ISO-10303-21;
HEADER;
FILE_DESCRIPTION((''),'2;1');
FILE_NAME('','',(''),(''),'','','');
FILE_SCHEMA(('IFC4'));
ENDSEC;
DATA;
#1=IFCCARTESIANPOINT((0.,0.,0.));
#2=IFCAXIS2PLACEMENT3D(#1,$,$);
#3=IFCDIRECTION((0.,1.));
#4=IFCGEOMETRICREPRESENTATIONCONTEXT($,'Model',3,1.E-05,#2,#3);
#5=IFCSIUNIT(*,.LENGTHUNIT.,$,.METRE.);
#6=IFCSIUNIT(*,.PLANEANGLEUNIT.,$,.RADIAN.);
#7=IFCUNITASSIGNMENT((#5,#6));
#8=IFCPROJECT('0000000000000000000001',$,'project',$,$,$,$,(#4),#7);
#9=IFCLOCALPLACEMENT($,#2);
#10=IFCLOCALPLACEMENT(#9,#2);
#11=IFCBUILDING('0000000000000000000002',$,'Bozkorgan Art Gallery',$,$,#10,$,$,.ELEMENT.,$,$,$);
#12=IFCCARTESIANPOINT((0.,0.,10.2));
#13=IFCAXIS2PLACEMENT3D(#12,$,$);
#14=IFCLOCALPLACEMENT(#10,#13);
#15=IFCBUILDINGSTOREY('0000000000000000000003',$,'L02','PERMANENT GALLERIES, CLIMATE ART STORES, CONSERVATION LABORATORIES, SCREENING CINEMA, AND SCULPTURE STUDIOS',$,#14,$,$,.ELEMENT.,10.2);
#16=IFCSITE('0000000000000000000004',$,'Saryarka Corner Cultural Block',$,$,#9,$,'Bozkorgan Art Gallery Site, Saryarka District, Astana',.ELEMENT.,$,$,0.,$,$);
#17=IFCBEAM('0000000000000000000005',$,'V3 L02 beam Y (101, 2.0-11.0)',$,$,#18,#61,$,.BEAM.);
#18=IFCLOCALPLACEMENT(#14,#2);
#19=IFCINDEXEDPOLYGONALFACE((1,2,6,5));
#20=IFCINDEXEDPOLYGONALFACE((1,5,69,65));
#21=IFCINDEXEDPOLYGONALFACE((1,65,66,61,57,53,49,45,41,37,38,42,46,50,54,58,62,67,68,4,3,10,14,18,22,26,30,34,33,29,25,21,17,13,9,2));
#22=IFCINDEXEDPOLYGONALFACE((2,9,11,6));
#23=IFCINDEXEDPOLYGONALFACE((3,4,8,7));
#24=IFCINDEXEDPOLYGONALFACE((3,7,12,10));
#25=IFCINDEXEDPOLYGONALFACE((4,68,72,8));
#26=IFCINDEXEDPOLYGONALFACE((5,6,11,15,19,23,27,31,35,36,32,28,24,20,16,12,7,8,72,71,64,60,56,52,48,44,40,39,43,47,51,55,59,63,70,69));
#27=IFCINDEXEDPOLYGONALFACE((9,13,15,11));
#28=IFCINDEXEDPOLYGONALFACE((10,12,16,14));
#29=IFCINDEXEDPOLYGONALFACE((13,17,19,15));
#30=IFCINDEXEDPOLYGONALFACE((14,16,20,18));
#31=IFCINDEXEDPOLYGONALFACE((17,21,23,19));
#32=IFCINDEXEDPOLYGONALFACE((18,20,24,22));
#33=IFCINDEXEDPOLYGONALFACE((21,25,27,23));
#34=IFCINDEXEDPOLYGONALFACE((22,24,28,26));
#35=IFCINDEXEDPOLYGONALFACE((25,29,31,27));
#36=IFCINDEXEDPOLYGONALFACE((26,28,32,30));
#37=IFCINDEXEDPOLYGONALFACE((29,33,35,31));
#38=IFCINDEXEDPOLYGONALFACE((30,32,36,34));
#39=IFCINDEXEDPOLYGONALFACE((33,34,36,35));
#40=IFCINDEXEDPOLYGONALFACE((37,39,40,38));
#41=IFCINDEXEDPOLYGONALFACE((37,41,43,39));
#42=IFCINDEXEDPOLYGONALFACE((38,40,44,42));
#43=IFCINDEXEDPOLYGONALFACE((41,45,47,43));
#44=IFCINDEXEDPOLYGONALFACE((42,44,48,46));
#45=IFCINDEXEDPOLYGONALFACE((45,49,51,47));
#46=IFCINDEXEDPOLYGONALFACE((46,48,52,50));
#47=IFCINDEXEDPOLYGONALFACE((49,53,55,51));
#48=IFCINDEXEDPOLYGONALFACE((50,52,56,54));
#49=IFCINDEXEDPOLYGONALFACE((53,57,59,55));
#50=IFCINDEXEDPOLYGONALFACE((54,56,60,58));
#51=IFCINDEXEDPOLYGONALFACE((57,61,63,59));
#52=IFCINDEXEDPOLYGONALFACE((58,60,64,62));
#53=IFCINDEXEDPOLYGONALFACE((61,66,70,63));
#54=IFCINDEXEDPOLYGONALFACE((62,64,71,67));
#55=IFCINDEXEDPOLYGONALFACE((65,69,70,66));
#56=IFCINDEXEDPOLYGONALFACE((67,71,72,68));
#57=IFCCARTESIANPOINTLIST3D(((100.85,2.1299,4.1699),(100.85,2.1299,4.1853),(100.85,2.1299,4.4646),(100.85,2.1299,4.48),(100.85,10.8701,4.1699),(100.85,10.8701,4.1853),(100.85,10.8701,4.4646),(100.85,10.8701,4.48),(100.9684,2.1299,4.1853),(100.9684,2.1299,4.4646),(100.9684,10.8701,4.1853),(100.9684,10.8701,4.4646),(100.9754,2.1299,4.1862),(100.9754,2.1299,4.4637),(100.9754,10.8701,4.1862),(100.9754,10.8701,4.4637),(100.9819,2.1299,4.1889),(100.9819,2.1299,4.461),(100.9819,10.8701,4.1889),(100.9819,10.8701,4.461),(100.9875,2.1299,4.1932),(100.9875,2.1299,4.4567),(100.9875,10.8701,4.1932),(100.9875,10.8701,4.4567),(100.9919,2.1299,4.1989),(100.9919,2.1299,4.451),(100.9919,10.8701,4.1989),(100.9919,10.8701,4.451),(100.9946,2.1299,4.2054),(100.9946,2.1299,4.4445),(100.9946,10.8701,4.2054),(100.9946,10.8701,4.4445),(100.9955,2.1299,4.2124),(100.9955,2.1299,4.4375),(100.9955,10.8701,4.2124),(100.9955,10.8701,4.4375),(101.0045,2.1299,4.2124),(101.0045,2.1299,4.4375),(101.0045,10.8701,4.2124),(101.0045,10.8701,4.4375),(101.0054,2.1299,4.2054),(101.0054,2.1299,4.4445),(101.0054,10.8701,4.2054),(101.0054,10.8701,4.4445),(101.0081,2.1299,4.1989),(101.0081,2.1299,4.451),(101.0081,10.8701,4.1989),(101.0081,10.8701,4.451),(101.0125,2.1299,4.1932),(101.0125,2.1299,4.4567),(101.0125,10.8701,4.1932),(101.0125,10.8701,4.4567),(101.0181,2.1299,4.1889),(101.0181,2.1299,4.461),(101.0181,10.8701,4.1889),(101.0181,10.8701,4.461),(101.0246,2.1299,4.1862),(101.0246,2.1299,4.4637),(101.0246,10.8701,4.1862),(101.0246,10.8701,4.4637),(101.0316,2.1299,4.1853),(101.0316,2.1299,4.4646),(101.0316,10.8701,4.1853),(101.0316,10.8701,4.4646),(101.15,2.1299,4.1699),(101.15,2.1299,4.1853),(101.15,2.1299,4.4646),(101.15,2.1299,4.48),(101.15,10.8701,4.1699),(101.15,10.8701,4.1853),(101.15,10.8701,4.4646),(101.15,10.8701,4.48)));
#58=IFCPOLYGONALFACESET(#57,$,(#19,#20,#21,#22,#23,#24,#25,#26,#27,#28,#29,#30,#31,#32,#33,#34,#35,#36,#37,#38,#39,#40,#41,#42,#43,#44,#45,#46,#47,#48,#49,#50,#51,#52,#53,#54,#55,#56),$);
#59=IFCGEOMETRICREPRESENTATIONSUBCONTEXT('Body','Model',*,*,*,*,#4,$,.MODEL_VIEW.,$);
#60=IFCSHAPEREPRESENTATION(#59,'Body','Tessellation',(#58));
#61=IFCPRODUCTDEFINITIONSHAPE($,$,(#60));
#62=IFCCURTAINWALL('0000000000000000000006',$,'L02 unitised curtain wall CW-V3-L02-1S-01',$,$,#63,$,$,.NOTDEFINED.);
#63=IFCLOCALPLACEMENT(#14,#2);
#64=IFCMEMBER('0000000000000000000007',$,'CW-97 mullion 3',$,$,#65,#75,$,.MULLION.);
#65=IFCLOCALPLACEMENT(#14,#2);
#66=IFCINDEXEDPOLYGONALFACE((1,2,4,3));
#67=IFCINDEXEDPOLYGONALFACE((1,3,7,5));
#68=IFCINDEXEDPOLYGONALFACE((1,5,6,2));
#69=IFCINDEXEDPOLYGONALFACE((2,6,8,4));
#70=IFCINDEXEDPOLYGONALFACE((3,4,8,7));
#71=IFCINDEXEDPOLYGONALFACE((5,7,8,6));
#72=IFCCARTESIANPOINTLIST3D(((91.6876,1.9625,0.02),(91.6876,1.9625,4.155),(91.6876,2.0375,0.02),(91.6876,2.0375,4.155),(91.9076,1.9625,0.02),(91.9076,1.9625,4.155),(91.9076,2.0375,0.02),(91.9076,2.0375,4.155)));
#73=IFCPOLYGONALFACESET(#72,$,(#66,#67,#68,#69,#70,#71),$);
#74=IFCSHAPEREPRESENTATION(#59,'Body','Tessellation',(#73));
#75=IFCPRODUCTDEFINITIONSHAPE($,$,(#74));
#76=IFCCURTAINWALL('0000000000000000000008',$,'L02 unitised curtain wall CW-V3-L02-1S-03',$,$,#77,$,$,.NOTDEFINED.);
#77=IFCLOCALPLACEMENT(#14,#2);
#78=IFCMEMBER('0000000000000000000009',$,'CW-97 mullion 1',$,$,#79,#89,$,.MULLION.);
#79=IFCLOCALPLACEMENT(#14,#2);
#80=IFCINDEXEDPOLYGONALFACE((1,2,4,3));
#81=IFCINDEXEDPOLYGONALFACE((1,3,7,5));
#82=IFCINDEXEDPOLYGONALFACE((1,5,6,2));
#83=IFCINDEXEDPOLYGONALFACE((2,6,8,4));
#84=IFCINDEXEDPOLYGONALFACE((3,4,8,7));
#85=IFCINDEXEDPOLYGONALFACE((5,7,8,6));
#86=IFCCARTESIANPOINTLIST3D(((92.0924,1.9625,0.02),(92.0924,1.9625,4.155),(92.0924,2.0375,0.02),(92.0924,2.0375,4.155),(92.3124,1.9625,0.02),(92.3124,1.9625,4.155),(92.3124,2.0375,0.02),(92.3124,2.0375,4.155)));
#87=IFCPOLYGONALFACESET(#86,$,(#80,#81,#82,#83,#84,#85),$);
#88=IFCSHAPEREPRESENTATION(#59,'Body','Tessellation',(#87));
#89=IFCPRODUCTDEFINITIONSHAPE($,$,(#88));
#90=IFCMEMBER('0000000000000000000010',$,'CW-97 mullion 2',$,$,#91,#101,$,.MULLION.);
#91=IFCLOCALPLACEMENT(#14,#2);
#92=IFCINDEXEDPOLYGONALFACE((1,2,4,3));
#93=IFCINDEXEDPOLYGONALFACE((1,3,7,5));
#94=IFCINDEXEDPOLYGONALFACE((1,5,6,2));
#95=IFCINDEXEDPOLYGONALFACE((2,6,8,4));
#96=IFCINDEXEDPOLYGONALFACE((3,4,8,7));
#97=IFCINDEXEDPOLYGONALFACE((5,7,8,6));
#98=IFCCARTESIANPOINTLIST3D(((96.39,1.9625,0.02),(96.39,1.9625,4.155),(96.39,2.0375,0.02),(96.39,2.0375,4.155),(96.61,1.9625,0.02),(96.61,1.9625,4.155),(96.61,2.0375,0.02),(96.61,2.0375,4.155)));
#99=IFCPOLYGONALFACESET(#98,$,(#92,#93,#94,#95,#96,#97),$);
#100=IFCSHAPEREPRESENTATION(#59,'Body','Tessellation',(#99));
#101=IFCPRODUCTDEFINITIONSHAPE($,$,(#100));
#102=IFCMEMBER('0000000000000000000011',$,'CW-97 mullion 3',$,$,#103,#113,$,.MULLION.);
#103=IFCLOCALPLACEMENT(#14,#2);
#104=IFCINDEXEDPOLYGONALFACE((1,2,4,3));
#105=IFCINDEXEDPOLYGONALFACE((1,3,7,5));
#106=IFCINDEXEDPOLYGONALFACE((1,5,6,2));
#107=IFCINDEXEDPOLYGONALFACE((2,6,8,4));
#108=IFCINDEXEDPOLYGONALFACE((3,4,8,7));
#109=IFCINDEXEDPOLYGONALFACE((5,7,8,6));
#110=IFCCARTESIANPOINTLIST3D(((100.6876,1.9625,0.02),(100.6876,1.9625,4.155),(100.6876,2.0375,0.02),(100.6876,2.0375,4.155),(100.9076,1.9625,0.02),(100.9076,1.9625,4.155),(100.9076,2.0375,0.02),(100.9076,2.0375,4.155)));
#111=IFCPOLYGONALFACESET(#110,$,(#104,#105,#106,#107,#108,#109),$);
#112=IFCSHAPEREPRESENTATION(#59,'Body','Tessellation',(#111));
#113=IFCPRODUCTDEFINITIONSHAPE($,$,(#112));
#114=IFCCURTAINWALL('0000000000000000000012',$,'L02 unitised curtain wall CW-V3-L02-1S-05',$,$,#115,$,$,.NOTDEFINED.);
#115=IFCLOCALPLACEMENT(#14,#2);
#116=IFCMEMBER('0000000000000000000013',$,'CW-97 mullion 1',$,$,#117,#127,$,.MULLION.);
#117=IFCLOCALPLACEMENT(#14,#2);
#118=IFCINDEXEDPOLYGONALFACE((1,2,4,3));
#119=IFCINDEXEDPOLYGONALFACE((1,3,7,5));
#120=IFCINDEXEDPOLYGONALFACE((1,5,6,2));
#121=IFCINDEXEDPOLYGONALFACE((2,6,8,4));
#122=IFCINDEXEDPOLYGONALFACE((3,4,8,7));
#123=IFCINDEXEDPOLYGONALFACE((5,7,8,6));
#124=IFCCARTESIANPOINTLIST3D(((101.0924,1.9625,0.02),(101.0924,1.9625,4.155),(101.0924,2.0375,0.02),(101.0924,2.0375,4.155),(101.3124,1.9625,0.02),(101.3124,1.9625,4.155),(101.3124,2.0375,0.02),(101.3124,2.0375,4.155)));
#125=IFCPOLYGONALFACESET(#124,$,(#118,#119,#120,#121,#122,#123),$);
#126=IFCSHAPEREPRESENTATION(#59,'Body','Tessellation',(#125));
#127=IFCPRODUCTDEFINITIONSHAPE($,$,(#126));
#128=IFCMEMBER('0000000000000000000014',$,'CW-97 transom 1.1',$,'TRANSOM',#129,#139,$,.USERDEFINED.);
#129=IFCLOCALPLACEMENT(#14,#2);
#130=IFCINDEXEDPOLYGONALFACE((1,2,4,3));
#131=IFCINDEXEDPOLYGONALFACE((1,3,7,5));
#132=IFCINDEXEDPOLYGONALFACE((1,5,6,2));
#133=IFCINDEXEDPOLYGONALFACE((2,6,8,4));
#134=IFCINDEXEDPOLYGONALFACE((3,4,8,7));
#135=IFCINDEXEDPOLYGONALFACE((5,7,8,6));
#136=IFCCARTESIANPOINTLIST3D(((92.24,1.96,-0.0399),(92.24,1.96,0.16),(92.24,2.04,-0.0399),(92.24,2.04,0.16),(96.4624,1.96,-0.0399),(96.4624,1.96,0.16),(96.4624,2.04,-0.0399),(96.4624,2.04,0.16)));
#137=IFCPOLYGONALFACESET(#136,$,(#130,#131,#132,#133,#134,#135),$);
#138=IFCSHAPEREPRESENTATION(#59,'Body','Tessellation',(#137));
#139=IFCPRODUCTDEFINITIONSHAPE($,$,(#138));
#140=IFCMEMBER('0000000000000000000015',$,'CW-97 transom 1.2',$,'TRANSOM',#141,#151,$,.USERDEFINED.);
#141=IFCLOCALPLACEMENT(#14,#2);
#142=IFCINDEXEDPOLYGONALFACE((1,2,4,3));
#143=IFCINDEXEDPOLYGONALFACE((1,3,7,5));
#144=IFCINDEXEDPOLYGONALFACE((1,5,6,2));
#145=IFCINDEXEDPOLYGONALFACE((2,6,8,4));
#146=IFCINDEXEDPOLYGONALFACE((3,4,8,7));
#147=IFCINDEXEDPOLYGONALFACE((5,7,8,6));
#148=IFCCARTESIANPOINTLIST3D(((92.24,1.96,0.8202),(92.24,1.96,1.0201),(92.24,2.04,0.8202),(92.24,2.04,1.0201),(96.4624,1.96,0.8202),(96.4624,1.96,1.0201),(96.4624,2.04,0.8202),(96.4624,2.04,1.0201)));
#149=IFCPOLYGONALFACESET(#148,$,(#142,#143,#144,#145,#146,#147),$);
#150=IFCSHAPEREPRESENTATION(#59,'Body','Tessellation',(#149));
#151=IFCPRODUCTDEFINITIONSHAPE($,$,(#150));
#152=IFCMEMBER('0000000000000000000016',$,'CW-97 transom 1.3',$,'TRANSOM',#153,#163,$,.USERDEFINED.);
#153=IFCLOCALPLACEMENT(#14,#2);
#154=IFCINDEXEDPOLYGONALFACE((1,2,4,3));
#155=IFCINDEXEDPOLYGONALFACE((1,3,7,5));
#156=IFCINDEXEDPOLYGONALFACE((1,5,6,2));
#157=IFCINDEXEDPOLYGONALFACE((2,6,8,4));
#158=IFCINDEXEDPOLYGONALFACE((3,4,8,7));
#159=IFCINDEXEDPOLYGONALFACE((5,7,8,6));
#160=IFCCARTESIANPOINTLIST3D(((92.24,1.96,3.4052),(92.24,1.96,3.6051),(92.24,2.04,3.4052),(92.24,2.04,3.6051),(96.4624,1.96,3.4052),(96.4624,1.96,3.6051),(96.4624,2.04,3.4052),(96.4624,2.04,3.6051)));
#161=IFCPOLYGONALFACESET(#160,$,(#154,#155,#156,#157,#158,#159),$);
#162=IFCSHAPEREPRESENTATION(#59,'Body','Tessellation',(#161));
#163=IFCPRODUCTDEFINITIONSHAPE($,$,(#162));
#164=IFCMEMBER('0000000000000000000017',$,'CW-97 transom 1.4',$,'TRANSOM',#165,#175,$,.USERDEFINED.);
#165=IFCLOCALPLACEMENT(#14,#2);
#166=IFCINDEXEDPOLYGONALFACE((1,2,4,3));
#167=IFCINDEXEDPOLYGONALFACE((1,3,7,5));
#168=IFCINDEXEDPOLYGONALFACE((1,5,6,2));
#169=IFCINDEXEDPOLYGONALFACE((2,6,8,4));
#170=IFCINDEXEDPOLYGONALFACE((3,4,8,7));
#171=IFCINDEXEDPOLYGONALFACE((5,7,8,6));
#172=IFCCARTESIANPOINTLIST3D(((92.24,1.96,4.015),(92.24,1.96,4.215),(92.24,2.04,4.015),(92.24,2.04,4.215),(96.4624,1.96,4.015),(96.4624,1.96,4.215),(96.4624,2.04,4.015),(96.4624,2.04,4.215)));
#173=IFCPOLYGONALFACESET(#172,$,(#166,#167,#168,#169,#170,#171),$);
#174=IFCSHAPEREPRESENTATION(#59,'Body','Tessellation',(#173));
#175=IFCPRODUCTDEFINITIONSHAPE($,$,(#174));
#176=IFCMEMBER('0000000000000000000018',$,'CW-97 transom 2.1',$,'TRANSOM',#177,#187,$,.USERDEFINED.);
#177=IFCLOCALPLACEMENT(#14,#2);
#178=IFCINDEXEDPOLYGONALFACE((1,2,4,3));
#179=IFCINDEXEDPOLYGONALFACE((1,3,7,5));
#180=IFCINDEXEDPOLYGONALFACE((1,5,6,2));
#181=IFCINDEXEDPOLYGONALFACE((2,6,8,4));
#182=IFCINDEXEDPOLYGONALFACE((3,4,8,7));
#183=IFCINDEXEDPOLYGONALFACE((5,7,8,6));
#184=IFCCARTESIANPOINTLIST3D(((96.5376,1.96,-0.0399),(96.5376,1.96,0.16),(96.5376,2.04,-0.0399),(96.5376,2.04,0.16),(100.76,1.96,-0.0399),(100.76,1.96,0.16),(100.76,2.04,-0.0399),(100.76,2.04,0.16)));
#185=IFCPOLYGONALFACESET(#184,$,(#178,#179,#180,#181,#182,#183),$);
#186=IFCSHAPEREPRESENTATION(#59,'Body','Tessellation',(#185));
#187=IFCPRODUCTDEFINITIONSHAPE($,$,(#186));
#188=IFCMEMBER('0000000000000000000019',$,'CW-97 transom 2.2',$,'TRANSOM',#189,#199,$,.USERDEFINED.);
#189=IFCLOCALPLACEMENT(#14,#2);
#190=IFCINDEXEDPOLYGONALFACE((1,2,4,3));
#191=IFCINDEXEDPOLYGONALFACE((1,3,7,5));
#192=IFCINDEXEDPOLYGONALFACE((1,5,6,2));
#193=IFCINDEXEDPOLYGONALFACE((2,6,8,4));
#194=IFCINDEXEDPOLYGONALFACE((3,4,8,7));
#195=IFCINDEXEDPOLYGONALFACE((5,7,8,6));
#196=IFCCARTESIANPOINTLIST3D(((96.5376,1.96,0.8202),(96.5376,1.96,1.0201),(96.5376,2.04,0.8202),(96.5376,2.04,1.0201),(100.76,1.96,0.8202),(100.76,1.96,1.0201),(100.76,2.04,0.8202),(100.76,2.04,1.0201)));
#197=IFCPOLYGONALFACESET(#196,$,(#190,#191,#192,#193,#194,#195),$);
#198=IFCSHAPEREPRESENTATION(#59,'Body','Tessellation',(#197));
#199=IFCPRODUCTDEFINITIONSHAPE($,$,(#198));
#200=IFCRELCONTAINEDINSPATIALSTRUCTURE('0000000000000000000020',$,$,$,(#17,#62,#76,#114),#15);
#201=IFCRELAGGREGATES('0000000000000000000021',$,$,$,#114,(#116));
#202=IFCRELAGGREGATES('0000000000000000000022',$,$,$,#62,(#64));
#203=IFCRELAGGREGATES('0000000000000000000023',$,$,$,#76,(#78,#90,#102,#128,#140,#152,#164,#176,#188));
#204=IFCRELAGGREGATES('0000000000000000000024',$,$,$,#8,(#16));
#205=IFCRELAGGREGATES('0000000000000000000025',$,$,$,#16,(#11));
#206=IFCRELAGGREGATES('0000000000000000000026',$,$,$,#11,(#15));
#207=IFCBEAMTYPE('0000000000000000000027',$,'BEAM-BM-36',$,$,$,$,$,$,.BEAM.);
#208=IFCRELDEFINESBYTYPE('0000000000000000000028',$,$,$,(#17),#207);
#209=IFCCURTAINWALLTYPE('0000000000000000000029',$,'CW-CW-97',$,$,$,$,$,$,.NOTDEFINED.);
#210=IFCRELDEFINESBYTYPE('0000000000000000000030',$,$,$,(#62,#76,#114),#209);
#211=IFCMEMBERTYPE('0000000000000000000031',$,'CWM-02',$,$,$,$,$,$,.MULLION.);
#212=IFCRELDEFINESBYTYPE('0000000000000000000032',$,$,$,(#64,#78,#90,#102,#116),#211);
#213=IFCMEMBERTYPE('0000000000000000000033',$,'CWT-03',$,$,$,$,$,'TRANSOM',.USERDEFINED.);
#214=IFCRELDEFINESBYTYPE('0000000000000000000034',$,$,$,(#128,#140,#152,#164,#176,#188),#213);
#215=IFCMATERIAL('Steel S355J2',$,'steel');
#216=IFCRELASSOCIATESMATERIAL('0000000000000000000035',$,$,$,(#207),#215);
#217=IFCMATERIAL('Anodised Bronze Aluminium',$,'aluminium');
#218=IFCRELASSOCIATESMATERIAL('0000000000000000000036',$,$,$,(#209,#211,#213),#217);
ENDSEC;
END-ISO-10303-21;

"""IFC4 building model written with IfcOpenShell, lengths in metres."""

from ifc_helpers import new_model, si_unit, direction, frame, origin, origin_2d, place, context, subcontext, project, spatial, rectangle, i_section, extrude, material, material_profile, profile_set, type_object, element, aggregate, save


model = new_model("IFC4")

# Units and contexts
model_context = context("Model", 3, precision=1e-05, world=origin(), true_north=direction((0.0, 1.0)))
body_context = subcontext(model_context, "Body", "Model", "MODEL_VIEW")
ifc_project = project(units=[si_unit("LENGTHUNIT", "METRE"), si_unit("PLANEANGLEUNIT", "RADIAN")], contexts=[model_context])

# Site, building, storey
site_placement = place(None, origin())
site = spatial("IfcSite", under=ifc_project, at=site_placement, Name="Saryarka Corner Cultural Block", LongName="Bozkorgan Art Gallery Site, Saryarka District, Astana", CompositionType="ELEMENT", RefElevation=0.0)
building_placement = place(site_placement, origin())
building = spatial("IfcBuilding", under=site, at=building_placement, Name="Bozkorgan Art Gallery", CompositionType="ELEMENT")
storey_placement = place(building_placement, frame((0.0, 0.0, 10.2)))
storey = spatial("IfcBuildingStorey", under=building, at=storey_placement, Name="L02", Description="PERMANENT GALLERIES, CLIMATE ART STORES, CONSERVATION LABORATORIES, SCREENING CINEMA, AND SCULPTURE STUDIOS", CompositionType="ELEMENT", Elevation=10.2)

# Shared definitions
ifc_material_1 = material(Name="Steel S355J2", Category="steel")

# Beam
ifc_material_profile_1 = material_profile(ifc_material_1, i_section(OverallWidth=0.3, OverallDepth=0.3101, WebThickness=0.009, FlangeThickness=0.0154, FilletRadius=0.0271, at=origin_2d()), Name="HEA 320")
ifc_profile_set_1 = profile_set([ifc_material_profile_1], Name="Steel S355J2")
beam_type = type_object("IfcBeamType", Name="BEAM-BM-36", PredefinedType="BEAM", material=ifc_profile_set_1)
for number, where, z_axis, x_axis, name in (
    (1, (101.0, 2.1299, 4.325), (0.0, 1.0, 0.0), (-1.0, 0.0, 0.0), "V3 L02 beam Y (101, 2.0-11.0)"),
):
    element("IfcBeam", number, at=place(storey_placement, frame(where, z_axis=z_axis, x_axis=x_axis)), inside=storey, type_object=beam_type, Name=name, PredefinedType="BEAM", context=body_context, shape_type="SweptSolid", body=[
        extrude(i_section(OverallWidth=0.3, OverallDepth=0.3101, WebThickness=0.009, FlangeThickness=0.0154, FilletRadius=0.0271, at=origin_2d()), origin(), (0.0, 0.0, 1.0), 8.7402),
    ])

# Curtain wall, member
ifc_material_2 = material(Name="Anodised Bronze Aluminium", Category="aluminium")
curtain_wall_type = type_object("IfcCurtainWallType", Name="CW-CW-97", PredefinedType="NOTDEFINED", material=ifc_material_2)
curtain_wall_1_placement = place(storey_placement, origin())
curtain_wall_1 = element("IfcCurtainWall", 2, at=curtain_wall_1_placement, inside=storey, type_object=curtain_wall_type, Name="L02 unitised curtain wall CW-V3-L02-1S-01", PredefinedType="NOTDEFINED")
ifc_material_profile_2 = material_profile(ifc_material_2, rectangle(XDim=0.075, YDim=0.22, at=origin_2d()), Name="ALU MULLION 75x220")
ifc_profile_set_2 = profile_set([ifc_material_profile_2], Name="Anodised Bronze Aluminium")
member_type_1 = type_object("IfcMemberType", Name="CWM-02", PredefinedType="MULLION", material=ifc_profile_set_2)
member_1_placement = place(storey_placement, frame((91.7976, 2.0, 0.02), z_axis=(0.0, 0.0, 1.0), x_axis=(0.0, 1.0, 0.0)))
member_1 = element("IfcMember", 3, at=member_1_placement, type_object=member_type_1, Name="CW-97 mullion 3", PredefinedType="MULLION", context=body_context, shape_type="SweptSolid", body=[
    extrude(rectangle(XDim=0.075, YDim=0.22, at=origin_2d()), origin(), (0.0, 0.0, 1.0), 4.135),
])

# Curtain wall, members
curtain_wall_2_placement = place(storey_placement, origin())
curtain_wall_2 = element("IfcCurtainWall", 4, at=curtain_wall_2_placement, inside=storey, type_object=curtain_wall_type, Name="L02 unitised curtain wall CW-V3-L02-1S-03", PredefinedType="NOTDEFINED")
member_2_placement = place(storey_placement, frame((92.2024, 2.0, 0.02), z_axis=(0.0, 0.0, 1.0), x_axis=(0.0, 1.0, 0.0)))
member_2 = element("IfcMember", 5, at=member_2_placement, type_object=member_type_1, Name="CW-97 mullion 1", PredefinedType="MULLION", context=body_context, shape_type="SweptSolid", body=[
    extrude(rectangle(XDim=0.075, YDim=0.22, at=origin_2d()), origin(), (0.0, 0.0, 1.0), 4.135),
])
member_3_placement = place(storey_placement, frame((96.5, 2.0, 0.02), z_axis=(0.0, 0.0, 1.0), x_axis=(0.0, 1.0, 0.0)))
member_3 = element("IfcMember", 6, at=member_3_placement, type_object=member_type_1, Name="CW-97 mullion 2", PredefinedType="MULLION", context=body_context, shape_type="SweptSolid", body=[
    extrude(rectangle(XDim=0.075, YDim=0.22, at=origin_2d()), origin(), (0.0, 0.0, 1.0), 4.135),
])
member_4_placement = place(storey_placement, frame((100.7976, 2.0, 0.02), z_axis=(0.0, 0.0, 1.0), x_axis=(0.0, 1.0, 0.0)))
member_4 = element("IfcMember", 7, at=member_4_placement, type_object=member_type_1, Name="CW-97 mullion 3", PredefinedType="MULLION", context=body_context, shape_type="SweptSolid", body=[
    extrude(rectangle(XDim=0.075, YDim=0.22, at=origin_2d()), origin(), (0.0, 0.0, 1.0), 4.135),
])

# Curtain wall, member
curtain_wall_3_placement = place(storey_placement, origin())
curtain_wall_3 = element("IfcCurtainWall", 8, at=curtain_wall_3_placement, inside=storey, type_object=curtain_wall_type, Name="L02 unitised curtain wall CW-V3-L02-1S-05", PredefinedType="NOTDEFINED")
member_5_placement = place(storey_placement, frame((101.2024, 2.0, 0.02), z_axis=(0.0, 0.0, 1.0), x_axis=(0.0, 1.0, 0.0)))
member_5 = element("IfcMember", 9, at=member_5_placement, type_object=member_type_1, Name="CW-97 mullion 1", PredefinedType="MULLION", context=body_context, shape_type="SweptSolid", body=[
    extrude(rectangle(XDim=0.075, YDim=0.22, at=origin_2d()), origin(), (0.0, 0.0, 1.0), 4.135),
])
aggregate(curtain_wall_3, [member_5])

# Members
ifc_material_profile_3 = material_profile(ifc_material_2, rectangle(XDim=0.0801, YDim=0.2, at=origin_2d()), Name="ALU TRANSOM 80x200")
ifc_profile_set_3 = profile_set([ifc_material_profile_3], Name="Anodised Bronze Aluminium")
member_type_2 = type_object("IfcMemberType", Name="CWT-03", ElementType="TRANSOM", PredefinedType="USERDEFINED", material=ifc_profile_set_3)
member_6_placement = place(storey_placement, frame((92.24, 2.0, 0.0601), z_axis=(1.0, 0.0, 0.0), x_axis=(0.0, 1.0, 0.0)))
member_6 = element("IfcMember", 10, at=member_6_placement, type_object=member_type_2, Name="CW-97 transom 1.1", ObjectType="TRANSOM", PredefinedType="USERDEFINED", context=body_context, shape_type="SweptSolid", body=[
    extrude(rectangle(XDim=0.0801, YDim=0.2, at=origin_2d()), origin(), (0.0, 0.0, 1.0), 4.2224),
])
member_7_placement = place(storey_placement, frame((92.24, 2.0, 0.9202), z_axis=(1.0, 0.0, 0.0), x_axis=(0.0, 1.0, 0.0)))
member_7 = element("IfcMember", 11, at=member_7_placement, type_object=member_type_2, Name="CW-97 transom 1.2", ObjectType="TRANSOM", PredefinedType="USERDEFINED", context=body_context, shape_type="SweptSolid", body=[
    extrude(rectangle(XDim=0.0801, YDim=0.2, at=origin_2d()), origin(), (0.0, 0.0, 1.0), 4.2224),
])
member_8_placement = place(storey_placement, frame((92.24, 2.0, 3.5051), z_axis=(1.0, 0.0, 0.0), x_axis=(0.0, 1.0, 0.0)))
member_8 = element("IfcMember", 12, at=member_8_placement, type_object=member_type_2, Name="CW-97 transom 1.3", ObjectType="TRANSOM", PredefinedType="USERDEFINED", context=body_context, shape_type="SweptSolid", body=[
    extrude(rectangle(XDim=0.0801, YDim=0.2, at=origin_2d()), origin(), (0.0, 0.0, 1.0), 4.2224),
])
member_9_placement = place(storey_placement, frame((92.24, 2.0, 4.115), z_axis=(1.0, 0.0, 0.0), x_axis=(0.0, 1.0, 0.0)))
member_9 = element("IfcMember", 13, at=member_9_placement, type_object=member_type_2, Name="CW-97 transom 1.4", ObjectType="TRANSOM", PredefinedType="USERDEFINED", context=body_context, shape_type="SweptSolid", body=[
    extrude(rectangle(XDim=0.0801, YDim=0.2, at=origin_2d()), origin(), (0.0, 0.0, 1.0), 4.2224),
])
member_10_placement = place(storey_placement, frame((96.5376, 2.0, 0.0601), z_axis=(1.0, 0.0, 0.0), x_axis=(0.0, 1.0, 0.0)))
member_10 = element("IfcMember", 14, at=member_10_placement, type_object=member_type_2, Name="CW-97 transom 2.1", ObjectType="TRANSOM", PredefinedType="USERDEFINED", context=body_context, shape_type="SweptSolid", body=[
    extrude(rectangle(XDim=0.0801, YDim=0.2, at=origin_2d()), origin(), (0.0, 0.0, 1.0), 4.2224),
])
member_11_placement = place(storey_placement, frame((96.5376, 2.0, 0.9202), z_axis=(1.0, 0.0, 0.0), x_axis=(0.0, 1.0, 0.0)))
member_11 = element("IfcMember", 15, at=member_11_placement, type_object=member_type_2, Name="CW-97 transom 2.2", ObjectType="TRANSOM", PredefinedType="USERDEFINED", context=body_context, shape_type="SweptSolid", body=[
    extrude(rectangle(XDim=0.0801, YDim=0.2, at=origin_2d()), origin(), (0.0, 0.0, 1.0), 4.2224),
])

aggregate(curtain_wall_1, [member_1])
aggregate(curtain_wall_2, [member_2, member_3, member_4, member_6, member_7, member_8, member_9, member_10, member_11])

save(model, "model.ifc")
